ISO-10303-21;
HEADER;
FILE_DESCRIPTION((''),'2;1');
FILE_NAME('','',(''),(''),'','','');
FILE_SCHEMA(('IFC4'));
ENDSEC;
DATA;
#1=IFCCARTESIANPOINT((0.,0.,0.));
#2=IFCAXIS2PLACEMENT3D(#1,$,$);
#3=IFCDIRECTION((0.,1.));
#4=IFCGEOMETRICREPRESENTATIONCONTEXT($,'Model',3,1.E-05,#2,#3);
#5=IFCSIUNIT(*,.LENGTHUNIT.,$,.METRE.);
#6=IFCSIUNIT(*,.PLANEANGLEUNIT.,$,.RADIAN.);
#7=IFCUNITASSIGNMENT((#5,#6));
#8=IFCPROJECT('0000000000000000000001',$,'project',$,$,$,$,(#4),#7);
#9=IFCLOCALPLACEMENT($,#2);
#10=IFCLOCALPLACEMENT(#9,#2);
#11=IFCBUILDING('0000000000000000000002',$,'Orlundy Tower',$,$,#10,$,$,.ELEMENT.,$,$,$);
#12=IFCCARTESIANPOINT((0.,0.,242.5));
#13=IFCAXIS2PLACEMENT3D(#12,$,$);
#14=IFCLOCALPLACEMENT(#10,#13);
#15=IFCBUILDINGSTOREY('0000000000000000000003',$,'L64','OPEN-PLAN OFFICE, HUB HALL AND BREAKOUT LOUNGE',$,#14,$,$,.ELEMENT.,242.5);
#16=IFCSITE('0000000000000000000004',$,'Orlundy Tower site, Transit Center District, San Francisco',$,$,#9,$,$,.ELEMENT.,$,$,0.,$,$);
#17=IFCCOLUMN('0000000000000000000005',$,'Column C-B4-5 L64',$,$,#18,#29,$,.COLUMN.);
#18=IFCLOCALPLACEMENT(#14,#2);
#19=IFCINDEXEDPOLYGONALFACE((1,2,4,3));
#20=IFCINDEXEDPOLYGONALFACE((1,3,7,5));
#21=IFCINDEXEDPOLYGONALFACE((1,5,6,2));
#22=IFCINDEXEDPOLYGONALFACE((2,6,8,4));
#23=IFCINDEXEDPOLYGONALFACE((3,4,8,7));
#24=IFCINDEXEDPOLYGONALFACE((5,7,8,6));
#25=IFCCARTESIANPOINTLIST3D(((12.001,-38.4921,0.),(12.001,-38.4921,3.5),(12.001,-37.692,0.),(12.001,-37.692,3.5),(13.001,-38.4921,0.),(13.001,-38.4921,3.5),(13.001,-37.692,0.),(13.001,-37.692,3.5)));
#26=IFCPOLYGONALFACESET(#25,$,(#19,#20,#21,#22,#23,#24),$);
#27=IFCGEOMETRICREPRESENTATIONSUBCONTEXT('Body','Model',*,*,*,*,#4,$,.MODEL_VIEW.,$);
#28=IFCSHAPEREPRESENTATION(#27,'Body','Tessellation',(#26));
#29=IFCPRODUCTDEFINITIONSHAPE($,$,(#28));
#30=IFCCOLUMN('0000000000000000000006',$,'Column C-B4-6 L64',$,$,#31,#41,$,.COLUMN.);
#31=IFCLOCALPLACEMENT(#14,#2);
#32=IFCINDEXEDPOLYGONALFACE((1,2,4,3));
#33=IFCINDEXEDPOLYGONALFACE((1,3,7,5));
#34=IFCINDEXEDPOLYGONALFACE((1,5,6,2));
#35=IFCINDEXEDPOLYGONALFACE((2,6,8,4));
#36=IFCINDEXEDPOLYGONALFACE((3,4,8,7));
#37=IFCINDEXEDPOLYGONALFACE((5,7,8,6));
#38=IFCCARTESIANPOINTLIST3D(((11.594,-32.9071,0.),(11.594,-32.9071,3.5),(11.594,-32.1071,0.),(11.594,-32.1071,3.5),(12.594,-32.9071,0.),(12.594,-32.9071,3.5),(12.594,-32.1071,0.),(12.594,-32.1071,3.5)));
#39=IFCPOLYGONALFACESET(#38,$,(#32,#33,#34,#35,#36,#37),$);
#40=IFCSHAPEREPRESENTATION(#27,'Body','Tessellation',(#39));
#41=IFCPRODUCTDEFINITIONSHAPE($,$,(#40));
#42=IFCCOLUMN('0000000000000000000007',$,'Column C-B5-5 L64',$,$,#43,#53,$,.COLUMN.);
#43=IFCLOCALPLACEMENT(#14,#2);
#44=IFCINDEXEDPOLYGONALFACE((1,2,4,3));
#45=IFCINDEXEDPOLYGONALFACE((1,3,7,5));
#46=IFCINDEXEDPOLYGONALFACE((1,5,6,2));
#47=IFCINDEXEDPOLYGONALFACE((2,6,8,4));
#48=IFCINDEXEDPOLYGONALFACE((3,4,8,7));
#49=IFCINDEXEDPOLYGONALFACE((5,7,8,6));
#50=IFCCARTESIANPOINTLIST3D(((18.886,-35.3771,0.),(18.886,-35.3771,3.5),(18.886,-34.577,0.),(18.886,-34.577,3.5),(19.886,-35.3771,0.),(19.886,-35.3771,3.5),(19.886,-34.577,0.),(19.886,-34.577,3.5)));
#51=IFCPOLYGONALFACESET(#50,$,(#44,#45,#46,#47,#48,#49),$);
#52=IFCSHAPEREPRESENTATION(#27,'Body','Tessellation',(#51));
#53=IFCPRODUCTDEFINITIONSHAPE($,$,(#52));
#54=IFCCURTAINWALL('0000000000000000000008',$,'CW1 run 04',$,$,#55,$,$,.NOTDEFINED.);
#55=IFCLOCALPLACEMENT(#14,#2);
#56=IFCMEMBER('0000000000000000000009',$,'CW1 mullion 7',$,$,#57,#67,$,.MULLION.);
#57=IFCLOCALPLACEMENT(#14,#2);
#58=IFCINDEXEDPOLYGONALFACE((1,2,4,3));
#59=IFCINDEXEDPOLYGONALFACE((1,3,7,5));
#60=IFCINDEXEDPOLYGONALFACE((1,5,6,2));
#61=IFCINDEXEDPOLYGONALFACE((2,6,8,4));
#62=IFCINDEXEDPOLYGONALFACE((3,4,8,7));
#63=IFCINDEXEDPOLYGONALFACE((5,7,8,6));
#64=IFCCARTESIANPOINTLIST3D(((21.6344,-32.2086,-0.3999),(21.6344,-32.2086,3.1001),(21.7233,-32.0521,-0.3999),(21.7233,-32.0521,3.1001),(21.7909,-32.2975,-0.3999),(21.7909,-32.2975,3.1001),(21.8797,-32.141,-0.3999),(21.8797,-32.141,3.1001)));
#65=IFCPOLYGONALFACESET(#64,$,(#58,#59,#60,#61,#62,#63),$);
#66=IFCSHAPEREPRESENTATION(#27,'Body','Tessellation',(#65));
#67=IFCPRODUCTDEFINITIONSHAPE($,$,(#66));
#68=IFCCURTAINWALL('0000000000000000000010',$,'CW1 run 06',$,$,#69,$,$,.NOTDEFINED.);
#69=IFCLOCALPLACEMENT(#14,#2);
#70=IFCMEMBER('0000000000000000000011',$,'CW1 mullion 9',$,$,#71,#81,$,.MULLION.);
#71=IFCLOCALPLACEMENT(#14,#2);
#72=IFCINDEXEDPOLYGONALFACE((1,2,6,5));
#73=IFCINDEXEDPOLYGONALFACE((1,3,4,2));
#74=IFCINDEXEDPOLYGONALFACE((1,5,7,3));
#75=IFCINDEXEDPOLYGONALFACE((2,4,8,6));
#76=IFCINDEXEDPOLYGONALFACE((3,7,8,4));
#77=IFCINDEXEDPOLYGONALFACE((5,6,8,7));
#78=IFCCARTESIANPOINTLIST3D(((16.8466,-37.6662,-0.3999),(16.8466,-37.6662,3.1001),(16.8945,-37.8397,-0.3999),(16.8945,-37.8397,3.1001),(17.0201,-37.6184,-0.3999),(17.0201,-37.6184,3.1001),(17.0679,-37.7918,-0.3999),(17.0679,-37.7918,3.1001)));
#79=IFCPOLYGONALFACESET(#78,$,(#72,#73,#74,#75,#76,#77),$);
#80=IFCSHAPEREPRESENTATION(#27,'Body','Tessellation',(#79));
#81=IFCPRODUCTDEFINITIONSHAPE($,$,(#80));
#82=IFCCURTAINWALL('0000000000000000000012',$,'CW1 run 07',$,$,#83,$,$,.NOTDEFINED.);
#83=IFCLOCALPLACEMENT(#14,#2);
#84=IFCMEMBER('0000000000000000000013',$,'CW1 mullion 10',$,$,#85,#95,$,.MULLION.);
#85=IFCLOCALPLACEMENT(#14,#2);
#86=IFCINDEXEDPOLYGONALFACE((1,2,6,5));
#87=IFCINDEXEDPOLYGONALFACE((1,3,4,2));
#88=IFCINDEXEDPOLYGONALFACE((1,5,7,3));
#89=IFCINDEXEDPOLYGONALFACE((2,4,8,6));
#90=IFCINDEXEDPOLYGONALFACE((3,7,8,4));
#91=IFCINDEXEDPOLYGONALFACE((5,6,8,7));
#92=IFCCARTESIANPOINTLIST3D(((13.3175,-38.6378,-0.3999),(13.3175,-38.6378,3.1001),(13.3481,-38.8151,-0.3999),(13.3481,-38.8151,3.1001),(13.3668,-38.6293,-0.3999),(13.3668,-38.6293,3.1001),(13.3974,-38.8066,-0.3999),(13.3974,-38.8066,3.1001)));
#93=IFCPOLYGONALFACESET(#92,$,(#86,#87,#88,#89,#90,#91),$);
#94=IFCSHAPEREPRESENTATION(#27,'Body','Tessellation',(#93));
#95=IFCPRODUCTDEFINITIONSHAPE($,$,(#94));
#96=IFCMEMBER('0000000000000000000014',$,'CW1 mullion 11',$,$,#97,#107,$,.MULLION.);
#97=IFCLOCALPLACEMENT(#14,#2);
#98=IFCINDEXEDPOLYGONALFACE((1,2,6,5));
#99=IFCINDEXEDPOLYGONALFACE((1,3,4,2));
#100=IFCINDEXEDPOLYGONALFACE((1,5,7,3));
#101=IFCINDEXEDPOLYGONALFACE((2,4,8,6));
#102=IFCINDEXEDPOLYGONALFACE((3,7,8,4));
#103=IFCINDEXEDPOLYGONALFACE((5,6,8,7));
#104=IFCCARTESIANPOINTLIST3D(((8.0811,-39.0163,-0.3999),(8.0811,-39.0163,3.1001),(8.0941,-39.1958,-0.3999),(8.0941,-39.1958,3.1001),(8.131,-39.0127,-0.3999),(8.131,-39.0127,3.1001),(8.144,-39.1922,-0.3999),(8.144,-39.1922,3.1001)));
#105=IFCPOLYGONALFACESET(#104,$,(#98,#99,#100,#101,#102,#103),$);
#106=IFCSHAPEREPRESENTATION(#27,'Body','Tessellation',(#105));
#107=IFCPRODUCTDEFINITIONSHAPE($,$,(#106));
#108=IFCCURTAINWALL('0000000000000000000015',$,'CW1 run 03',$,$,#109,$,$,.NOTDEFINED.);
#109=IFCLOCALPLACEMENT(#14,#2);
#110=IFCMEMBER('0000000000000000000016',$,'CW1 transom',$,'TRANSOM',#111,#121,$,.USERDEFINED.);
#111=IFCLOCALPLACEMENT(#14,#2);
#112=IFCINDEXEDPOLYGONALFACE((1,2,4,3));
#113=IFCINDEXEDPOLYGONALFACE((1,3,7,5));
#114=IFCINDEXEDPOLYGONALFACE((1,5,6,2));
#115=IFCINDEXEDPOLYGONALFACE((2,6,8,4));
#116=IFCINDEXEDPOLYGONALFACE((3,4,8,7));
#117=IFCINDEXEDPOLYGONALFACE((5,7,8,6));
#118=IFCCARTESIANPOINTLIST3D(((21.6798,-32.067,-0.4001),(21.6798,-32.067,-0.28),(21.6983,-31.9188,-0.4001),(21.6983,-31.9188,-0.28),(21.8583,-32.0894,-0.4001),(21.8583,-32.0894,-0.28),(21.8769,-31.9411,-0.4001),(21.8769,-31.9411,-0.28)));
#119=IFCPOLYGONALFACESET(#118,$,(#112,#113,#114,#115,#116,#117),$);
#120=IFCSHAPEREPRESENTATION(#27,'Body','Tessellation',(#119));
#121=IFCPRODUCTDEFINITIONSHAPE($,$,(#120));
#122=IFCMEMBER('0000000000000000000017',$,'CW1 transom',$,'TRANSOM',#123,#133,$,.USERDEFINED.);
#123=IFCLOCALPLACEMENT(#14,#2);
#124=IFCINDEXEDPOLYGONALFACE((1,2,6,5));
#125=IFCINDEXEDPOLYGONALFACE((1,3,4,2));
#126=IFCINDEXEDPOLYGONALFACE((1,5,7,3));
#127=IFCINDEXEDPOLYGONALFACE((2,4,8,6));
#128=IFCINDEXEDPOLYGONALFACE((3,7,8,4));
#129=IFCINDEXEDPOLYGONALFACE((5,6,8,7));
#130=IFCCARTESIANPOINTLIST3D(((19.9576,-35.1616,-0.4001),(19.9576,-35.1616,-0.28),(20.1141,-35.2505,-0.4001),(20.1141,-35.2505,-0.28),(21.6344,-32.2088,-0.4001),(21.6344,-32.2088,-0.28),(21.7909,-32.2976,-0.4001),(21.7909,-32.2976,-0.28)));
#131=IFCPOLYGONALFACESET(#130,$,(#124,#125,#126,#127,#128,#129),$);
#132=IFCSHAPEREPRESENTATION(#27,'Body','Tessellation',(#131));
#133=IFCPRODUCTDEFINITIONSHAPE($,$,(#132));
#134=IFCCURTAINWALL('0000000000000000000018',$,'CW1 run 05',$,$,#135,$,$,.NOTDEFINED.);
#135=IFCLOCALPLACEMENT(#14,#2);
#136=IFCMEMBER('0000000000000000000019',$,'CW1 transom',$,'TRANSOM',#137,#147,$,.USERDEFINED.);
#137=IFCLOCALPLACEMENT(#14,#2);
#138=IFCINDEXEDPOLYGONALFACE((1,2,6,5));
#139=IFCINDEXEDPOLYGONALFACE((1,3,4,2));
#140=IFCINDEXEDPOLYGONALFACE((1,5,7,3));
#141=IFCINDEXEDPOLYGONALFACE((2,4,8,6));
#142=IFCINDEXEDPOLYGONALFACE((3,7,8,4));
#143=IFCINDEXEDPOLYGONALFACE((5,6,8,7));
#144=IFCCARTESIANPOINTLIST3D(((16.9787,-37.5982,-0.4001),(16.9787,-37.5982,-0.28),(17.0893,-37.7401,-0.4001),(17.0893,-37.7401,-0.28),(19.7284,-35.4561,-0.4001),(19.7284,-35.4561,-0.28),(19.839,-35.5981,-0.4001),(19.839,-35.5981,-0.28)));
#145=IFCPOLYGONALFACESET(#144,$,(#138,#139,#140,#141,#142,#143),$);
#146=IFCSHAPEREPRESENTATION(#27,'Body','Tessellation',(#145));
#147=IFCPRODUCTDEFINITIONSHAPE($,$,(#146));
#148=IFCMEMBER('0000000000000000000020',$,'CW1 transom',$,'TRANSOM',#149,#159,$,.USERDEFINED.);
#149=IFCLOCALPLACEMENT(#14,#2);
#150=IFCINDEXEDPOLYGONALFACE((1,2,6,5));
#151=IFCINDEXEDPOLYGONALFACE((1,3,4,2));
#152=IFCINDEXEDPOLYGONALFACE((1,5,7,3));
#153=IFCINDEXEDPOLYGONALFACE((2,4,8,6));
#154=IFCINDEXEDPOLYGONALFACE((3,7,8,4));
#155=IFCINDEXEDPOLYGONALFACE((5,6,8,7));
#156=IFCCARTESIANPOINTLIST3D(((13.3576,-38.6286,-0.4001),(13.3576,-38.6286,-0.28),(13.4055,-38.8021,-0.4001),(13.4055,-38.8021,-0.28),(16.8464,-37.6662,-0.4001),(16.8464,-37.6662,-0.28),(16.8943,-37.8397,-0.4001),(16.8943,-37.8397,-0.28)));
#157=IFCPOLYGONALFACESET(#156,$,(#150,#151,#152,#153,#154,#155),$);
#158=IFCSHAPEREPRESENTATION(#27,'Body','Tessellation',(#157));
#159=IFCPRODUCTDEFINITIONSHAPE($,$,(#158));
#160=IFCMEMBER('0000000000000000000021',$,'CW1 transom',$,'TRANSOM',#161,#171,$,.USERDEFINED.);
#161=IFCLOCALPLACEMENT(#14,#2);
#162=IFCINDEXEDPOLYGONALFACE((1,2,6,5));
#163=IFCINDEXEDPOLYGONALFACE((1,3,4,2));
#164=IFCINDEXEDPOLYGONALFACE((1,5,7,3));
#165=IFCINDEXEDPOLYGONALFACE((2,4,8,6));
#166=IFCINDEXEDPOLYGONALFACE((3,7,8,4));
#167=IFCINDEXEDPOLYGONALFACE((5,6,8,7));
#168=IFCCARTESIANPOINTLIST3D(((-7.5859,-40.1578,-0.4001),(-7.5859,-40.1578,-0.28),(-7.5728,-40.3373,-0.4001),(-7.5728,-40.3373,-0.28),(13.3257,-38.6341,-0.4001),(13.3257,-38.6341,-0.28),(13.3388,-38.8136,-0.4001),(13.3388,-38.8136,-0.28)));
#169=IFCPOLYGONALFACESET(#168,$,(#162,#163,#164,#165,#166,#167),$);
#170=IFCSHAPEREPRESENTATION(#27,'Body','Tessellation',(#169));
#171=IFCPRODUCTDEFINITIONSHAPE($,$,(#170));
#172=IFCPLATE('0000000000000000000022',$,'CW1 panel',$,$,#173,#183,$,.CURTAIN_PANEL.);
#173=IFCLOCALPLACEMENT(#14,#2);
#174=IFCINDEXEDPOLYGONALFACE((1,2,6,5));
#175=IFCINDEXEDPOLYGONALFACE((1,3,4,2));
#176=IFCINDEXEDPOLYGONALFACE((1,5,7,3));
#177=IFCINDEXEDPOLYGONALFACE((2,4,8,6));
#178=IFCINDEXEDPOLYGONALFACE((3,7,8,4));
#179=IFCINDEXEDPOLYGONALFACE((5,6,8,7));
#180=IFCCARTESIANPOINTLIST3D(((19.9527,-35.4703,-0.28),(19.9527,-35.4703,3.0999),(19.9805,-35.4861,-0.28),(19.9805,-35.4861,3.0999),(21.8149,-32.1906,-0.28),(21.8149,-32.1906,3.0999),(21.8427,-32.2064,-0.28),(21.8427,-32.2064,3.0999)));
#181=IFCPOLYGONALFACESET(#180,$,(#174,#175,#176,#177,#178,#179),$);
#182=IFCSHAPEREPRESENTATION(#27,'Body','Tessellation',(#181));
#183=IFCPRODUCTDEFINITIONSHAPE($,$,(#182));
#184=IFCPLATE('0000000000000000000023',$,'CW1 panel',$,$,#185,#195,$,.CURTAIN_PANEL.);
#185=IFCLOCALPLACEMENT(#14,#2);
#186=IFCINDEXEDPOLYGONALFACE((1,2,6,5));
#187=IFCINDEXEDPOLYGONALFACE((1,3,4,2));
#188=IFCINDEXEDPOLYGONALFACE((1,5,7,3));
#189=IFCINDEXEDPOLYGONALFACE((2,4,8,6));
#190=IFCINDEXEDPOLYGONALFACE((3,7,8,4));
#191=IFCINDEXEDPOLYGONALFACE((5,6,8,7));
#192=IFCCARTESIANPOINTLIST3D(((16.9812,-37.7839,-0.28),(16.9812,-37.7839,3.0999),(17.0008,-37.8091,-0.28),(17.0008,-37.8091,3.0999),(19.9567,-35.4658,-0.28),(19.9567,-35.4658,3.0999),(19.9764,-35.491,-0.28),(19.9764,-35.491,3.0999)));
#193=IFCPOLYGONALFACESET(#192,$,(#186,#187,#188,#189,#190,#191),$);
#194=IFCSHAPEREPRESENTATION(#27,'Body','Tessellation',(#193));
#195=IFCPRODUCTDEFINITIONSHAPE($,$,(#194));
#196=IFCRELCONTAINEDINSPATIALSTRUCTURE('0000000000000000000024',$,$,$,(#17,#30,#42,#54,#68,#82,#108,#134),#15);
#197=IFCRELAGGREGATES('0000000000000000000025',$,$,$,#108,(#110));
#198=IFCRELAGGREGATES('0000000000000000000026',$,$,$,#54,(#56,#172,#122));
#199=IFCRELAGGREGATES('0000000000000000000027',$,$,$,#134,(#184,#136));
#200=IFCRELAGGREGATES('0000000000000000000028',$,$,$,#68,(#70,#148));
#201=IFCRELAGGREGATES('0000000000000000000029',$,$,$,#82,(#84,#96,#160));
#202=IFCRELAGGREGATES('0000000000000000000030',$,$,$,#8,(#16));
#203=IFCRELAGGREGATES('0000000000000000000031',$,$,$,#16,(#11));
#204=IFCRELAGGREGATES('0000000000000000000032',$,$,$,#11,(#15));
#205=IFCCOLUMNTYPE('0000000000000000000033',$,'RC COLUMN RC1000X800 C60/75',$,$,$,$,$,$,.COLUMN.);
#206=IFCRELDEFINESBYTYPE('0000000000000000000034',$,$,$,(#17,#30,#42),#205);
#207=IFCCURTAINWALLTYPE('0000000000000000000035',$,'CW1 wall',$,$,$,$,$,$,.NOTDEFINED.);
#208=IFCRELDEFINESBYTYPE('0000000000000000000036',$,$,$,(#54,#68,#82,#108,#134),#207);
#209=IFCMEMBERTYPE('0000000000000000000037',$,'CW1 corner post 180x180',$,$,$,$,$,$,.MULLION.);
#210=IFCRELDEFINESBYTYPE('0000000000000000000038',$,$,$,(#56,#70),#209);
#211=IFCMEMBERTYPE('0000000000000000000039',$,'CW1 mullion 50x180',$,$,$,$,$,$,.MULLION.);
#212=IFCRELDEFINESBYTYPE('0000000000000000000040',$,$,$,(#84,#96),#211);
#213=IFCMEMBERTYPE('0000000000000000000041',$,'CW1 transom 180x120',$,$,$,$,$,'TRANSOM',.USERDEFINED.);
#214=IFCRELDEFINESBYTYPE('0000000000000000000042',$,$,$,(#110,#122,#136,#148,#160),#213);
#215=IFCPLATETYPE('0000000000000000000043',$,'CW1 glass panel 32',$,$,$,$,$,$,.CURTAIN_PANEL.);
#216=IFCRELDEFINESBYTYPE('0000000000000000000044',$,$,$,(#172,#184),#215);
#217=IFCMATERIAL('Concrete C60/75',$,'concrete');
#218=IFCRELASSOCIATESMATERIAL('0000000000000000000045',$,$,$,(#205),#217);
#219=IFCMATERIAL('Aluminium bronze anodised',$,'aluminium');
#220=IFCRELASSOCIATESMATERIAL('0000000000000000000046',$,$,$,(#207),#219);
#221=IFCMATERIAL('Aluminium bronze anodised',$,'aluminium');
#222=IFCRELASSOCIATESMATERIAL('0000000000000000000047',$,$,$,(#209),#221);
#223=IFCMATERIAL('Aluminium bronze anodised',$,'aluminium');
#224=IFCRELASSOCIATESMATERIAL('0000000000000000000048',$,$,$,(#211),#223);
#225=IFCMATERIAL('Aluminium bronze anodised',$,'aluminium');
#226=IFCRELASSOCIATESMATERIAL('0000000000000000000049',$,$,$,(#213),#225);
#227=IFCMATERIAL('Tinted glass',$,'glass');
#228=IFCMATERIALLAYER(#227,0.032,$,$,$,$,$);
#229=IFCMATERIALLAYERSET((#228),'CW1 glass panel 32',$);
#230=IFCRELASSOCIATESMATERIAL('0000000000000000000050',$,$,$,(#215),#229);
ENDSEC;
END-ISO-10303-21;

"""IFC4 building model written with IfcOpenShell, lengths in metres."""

from ifc_helpers import new_model, si_unit, direction, frame, origin, origin_2d, place, context, subcontext, project, spatial, rectangle, extrude, material, layer, layer_set, material_profile, profile_set, type_object, element, aggregate, save


model = new_model("IFC4")

# Units and contexts
model_context = context("Model", 3, precision=1e-05, world=origin(), true_north=direction((0.0, 1.0)))
body_context = subcontext(model_context, "Body", "Model", "MODEL_VIEW")
ifc_project = project(units=[si_unit("LENGTHUNIT", "METRE"), si_unit("PLANEANGLEUNIT", "RADIAN")], contexts=[model_context])

# Site, building, storey
site_placement = place(None, origin())
site = spatial("IfcSite", under=ifc_project, at=site_placement, Name="Orlundy Tower site, Transit Center District, San Francisco", CompositionType="ELEMENT", RefElevation=0.0)
building_placement = place(site_placement, origin())
building = spatial("IfcBuilding", under=site, at=building_placement, Name="Orlundy Tower", CompositionType="ELEMENT")
storey_placement = place(building_placement, frame((0.0, 0.0, 242.5)))
storey = spatial("IfcBuildingStorey", under=building, at=storey_placement, Name="L64", Description="OPEN-PLAN OFFICE, HUB HALL AND BREAKOUT LOUNGE", CompositionType="ELEMENT", Elevation=242.5)

# Columns
ifc_material_1 = material(Name="Concrete C60/75", Category="concrete")
ifc_material_profile_1 = material_profile(ifc_material_1, rectangle(XDim=1.0, YDim=0.8, at=origin_2d()), Name="RC1000X800")
ifc_profile_set_1 = profile_set([ifc_material_profile_1], Name="Concrete C60/75")
column_type = type_object("IfcColumnType", Name="RC COLUMN RC1000X800 C60/75", PredefinedType="COLUMN", material=ifc_profile_set_1)
for number, where, z_axis, x_axis, name in (
    (1, (12.501, -38.092, 0.0), (0.0, 0.0, 1.0), (1.0, 0.0, 0.0), "Column C-B4-5 L64"),
    (2, (12.094, -32.5071, 0.0), (0.0, 0.0, 1.0), (1.0, 0.0, 0.0), "Column C-B4-6 L64"),
    (3, (19.386, -34.9771, 0.0), (0.0, 0.0, 1.0), (1.0, 0.0, 0.0), "Column C-B5-5 L64"),
):
    element("IfcColumn", number, at=place(storey_placement, frame(where, z_axis=z_axis, x_axis=x_axis)), inside=storey, type_object=column_type, Name=name, PredefinedType="COLUMN", context=body_context, shape_type="SweptSolid", body=[
        extrude(rectangle(XDim=1.0, YDim=0.8, at=origin_2d()), origin(), (0.0, 0.0, 1.0), 3.5),
    ])

# Curtain walls, members
ifc_material_2 = material(Name="Aluminium bronze anodised", Category="aluminium")
curtain_wall_type = type_object("IfcCurtainWallType", Name="CW1 wall", PredefinedType="NOTDEFINED", material=ifc_material_2)
curtain_wall_1_placement = place(storey_placement, origin())
curtain_wall_1 = element("IfcCurtainWall", 4, at=curtain_wall_1_placement, inside=storey, type_object=curtain_wall_type, Name="CW1 run 04", PredefinedType="NOTDEFINED")
ifc_material_3 = material(Name="Aluminium bronze anodised", Category="aluminium")
ifc_material_profile_2 = material_profile(ifc_material_3, rectangle(XDim=0.1799, YDim=0.1799, at=origin_2d()), Name="CW1 corner post 180x180")
ifc_profile_set_2 = profile_set([ifc_material_profile_2], Name="Aluminium bronze anodised")
member_type_1 = type_object("IfcMemberType", Name="CW1 corner post 180x180", PredefinedType="MULLION", material=ifc_profile_set_2)
member_1_placement = place(storey_placement, frame((21.7571, -32.1748, -0.3999), z_axis=(0.0, 0.0, 1.0), x_axis=(0.869601, -0.493754, 0.0)))
member_1 = element("IfcMember", 5, at=member_1_placement, type_object=member_type_1, Name="CW1 mullion 7", PredefinedType="MULLION", context=body_context, shape_type="SweptSolid", body=[
    extrude(rectangle(XDim=0.1799, YDim=0.1799, at=origin_2d()), origin(), (0.0, 0.0, 1.0), 3.5),
])
curtain_wall_2_placement = place(storey_placement, origin())
curtain_wall_2 = element("IfcCurtainWall", 6, at=curtain_wall_2_placement, inside=storey, type_object=curtain_wall_type, Name="CW1 run 06", PredefinedType="NOTDEFINED")
member_2_placement = place(storey_placement, frame((16.9573, -37.729, -0.3999), z_axis=(0.0, 0.0, 1.0), x_axis=(0.265946, -0.963988, 0.0)))
member_2 = element("IfcMember", 7, at=member_2_placement, type_object=member_type_1, Name="CW1 mullion 9", PredefinedType="MULLION", context=body_context, shape_type="SweptSolid", body=[
    extrude(rectangle(XDim=0.1799, YDim=0.1799, at=origin_2d()), origin(), (0.0, 0.0, 1.0), 3.5),
])

# Curtain wall, members
curtain_wall_3_placement = place(storey_placement, origin())
curtain_wall_3 = element("IfcCurtainWall", 8, at=curtain_wall_3_placement, inside=storey, type_object=curtain_wall_type, Name="CW1 run 07", PredefinedType="NOTDEFINED")
ifc_material_4 = material(Name="Aluminium bronze anodised", Category="aluminium")
ifc_material_profile_3 = material_profile(ifc_material_4, rectangle(XDim=0.1799, YDim=0.05, at=origin_2d()), Name="CW1 mullion 50x180")
ifc_profile_set_3 = profile_set([ifc_material_profile_3], Name="Aluminium bronze anodised")
member_type_2 = type_object("IfcMemberType", Name="CW1 mullion 50x180", PredefinedType="MULLION", material=ifc_profile_set_3)
member_3_placement = place(storey_placement, frame((13.3574, -38.7222, -0.3999), z_axis=(0.0, 0.0, 1.0), x_axis=(0.170127, -0.985422, 0.0)))
member_3 = element("IfcMember", 9, at=member_3_placement, type_object=member_type_2, Name="CW1 mullion 10", PredefinedType="MULLION", context=body_context, shape_type="SweptSolid", body=[
    extrude(rectangle(XDim=0.1799, YDim=0.05, at=origin_2d()), origin(), (0.0, 0.0, 1.0), 3.5),
])
member_4_placement = place(storey_placement, frame((8.1125, -39.1042, -0.3999), z_axis=(0.0, 0.0, 1.0), x_axis=(0.072668, -0.997356, 0.0)))
member_4 = element("IfcMember", 10, at=member_4_placement, type_object=member_type_2, Name="CW1 mullion 11", PredefinedType="MULLION", context=body_context, shape_type="SweptSolid", body=[
    extrude(rectangle(XDim=0.1799, YDim=0.05, at=origin_2d()), origin(), (0.0, 0.0, 1.0), 3.5),
])

# Curtain wall, member
curtain_wall_4_placement = place(storey_placement, origin())
curtain_wall_4 = element("IfcCurtainWall", 11, at=curtain_wall_4_placement, inside=storey, type_object=curtain_wall_type, Name="CW1 run 03", PredefinedType="NOTDEFINED")
ifc_material_5 = material(Name="Aluminium bronze anodised", Category="aluminium")
ifc_material_profile_4 = material_profile(ifc_material_5, rectangle(XDim=0.1799, YDim=0.1201, at=origin_2d()), Name="CW1 transom 180x120")
ifc_profile_set_4 = profile_set([ifc_material_profile_4], Name="Aluminium bronze anodised")
member_type_3 = type_object("IfcMemberType", Name="CW1 transom 180x120", ElementType="TRANSOM", PredefinedType="USERDEFINED", material=ifc_profile_set_4)
member_5_placement = place(storey_placement, frame((21.7876, -31.9299, -0.3401), z_axis=(-0.124236, -0.992253, 0.0), x_axis=(0.992253, -0.124236, 0.0)))
member_5 = element("IfcMember", 12, at=member_5_placement, type_object=member_type_3, Name="CW1 transom", ObjectType="TRANSOM", PredefinedType="USERDEFINED", context=body_context, shape_type="SweptSolid", body=[
    extrude(rectangle(XDim=0.1799, YDim=0.1201, at=origin_2d()), origin(), (0.0, 0.0, 1.0), 0.1494),
])
aggregate(curtain_wall_4, [member_5])

# Member
member_6_placement = place(storey_placement, frame((21.7126, -32.2532, -0.3401), z_axis=(-0.493783, -0.869585, 0.0), x_axis=(0.869585, -0.493783, 0.0)))
member_6 = element("IfcMember", 13, at=member_6_placement, type_object=member_type_3, Name="CW1 transom", ObjectType="TRANSOM", PredefinedType="USERDEFINED", context=body_context, shape_type="SweptSolid", body=[
    extrude(rectangle(XDim=0.1799, YDim=0.1201, at=origin_2d()), origin(), (0.0, 0.0, 1.0), 3.3958),
])

# Curtain wall, member
curtain_wall_5_placement = place(storey_placement, origin())
curtain_wall_5 = element("IfcCurtainWall", 14, at=curtain_wall_5_placement, inside=storey, type_object=curtain_wall_type, Name="CW1 run 05", PredefinedType="NOTDEFINED")
member_7_placement = place(storey_placement, frame((19.7837, -35.5271, -0.3401), z_axis=(-0.788881, -0.614547, 0.0), x_axis=(0.614547, -0.788881, 0.0)))
member_7 = element("IfcMember", 15, at=member_7_placement, type_object=member_type_3, Name="CW1 transom", ObjectType="TRANSOM", PredefinedType="USERDEFINED", context=body_context, shape_type="SweptSolid", body=[
    extrude(rectangle(XDim=0.1799, YDim=0.1201, at=origin_2d()), origin(), (0.0, 0.0, 1.0), 3.4856),
])

# Members
member_8_placement = place(storey_placement, frame((16.8704, -37.7529, -0.3401), z_axis=(-0.963994, -0.265925, 0.0), x_axis=(0.265925, -0.963994, 0.0)))
member_8 = element("IfcMember", 16, at=member_8_placement, type_object=member_type_3, Name="CW1 transom", ObjectType="TRANSOM", PredefinedType="USERDEFINED", context=body_context, shape_type="SweptSolid", body=[
    extrude(rectangle(XDim=0.1799, YDim=0.1201, at=origin_2d()), origin(), (0.0, 0.0, 1.0), 3.6191),
])
member_9_placement = place(storey_placement, frame((13.3323, -38.7239, -0.3401), z_axis=(-0.997356, -0.07267, 0.0), x_axis=(0.07267, -0.997356, 0.0)))
member_9 = element("IfcMember", 17, at=member_9_placement, type_object=member_type_3, Name="CW1 transom", ObjectType="TRANSOM", PredefinedType="USERDEFINED", context=body_context, shape_type="SweptSolid", body=[
    extrude(rectangle(XDim=0.1799, YDim=0.1201, at=origin_2d()), origin(), (0.0, 0.0, 1.0), 20.967),
])

# Plates
ifc_material_6 = material(Name="Tinted glass", Category="glass")
ifc_layer_1 = layer(ifc_material_6, 0.032)
ifc_layer_set_1 = layer_set([ifc_layer_1], Name="CW1 glass panel 32")
plate_type = type_object("IfcPlateType", Name="CW1 glass panel 32", PredefinedType="CURTAIN_PANEL", material=ifc_layer_set_1)
plate_1_placement = place(storey_placement, frame((20.8977, -33.8384, -0.28), z_axis=(0.0, 0.0, 1.0), x_axis=(-0.493754, -0.869601, 0.0)))
plate_1 = element("IfcPlate", 18, at=plate_1_placement, type_object=plate_type, Name="CW1 panel", PredefinedType="CURTAIN_PANEL", context=body_context, shape_type="SweptSolid", body=[
    extrude(rectangle(XDim=3.7715, YDim=0.032, at=origin_2d()), origin(), (0.0, 0.0, 1.0), 3.3799),
])
aggregate(curtain_wall_1, [member_1, plate_1, member_6])
plate_2_placement = place(storey_placement, frame((18.4788, -36.6375, -0.28), z_axis=(0.0, 0.0, 1.0), x_axis=(-0.788858, -0.614575, 0.0)))
plate_2 = element("IfcPlate", 19, at=plate_2_placement, type_object=plate_type, Name="CW1 panel", PredefinedType="CURTAIN_PANEL", context=body_context, shape_type="SweptSolid", body=[
    extrude(rectangle(XDim=3.772, YDim=0.032, at=origin_2d()), origin(), (0.0, 0.0, 1.0), 3.3799),
])
aggregate(curtain_wall_5, [plate_2, member_7])
aggregate(curtain_wall_2, [member_2, member_8])
aggregate(curtain_wall_3, [member_3, member_4, member_9])

save(model, "model.ifc")
